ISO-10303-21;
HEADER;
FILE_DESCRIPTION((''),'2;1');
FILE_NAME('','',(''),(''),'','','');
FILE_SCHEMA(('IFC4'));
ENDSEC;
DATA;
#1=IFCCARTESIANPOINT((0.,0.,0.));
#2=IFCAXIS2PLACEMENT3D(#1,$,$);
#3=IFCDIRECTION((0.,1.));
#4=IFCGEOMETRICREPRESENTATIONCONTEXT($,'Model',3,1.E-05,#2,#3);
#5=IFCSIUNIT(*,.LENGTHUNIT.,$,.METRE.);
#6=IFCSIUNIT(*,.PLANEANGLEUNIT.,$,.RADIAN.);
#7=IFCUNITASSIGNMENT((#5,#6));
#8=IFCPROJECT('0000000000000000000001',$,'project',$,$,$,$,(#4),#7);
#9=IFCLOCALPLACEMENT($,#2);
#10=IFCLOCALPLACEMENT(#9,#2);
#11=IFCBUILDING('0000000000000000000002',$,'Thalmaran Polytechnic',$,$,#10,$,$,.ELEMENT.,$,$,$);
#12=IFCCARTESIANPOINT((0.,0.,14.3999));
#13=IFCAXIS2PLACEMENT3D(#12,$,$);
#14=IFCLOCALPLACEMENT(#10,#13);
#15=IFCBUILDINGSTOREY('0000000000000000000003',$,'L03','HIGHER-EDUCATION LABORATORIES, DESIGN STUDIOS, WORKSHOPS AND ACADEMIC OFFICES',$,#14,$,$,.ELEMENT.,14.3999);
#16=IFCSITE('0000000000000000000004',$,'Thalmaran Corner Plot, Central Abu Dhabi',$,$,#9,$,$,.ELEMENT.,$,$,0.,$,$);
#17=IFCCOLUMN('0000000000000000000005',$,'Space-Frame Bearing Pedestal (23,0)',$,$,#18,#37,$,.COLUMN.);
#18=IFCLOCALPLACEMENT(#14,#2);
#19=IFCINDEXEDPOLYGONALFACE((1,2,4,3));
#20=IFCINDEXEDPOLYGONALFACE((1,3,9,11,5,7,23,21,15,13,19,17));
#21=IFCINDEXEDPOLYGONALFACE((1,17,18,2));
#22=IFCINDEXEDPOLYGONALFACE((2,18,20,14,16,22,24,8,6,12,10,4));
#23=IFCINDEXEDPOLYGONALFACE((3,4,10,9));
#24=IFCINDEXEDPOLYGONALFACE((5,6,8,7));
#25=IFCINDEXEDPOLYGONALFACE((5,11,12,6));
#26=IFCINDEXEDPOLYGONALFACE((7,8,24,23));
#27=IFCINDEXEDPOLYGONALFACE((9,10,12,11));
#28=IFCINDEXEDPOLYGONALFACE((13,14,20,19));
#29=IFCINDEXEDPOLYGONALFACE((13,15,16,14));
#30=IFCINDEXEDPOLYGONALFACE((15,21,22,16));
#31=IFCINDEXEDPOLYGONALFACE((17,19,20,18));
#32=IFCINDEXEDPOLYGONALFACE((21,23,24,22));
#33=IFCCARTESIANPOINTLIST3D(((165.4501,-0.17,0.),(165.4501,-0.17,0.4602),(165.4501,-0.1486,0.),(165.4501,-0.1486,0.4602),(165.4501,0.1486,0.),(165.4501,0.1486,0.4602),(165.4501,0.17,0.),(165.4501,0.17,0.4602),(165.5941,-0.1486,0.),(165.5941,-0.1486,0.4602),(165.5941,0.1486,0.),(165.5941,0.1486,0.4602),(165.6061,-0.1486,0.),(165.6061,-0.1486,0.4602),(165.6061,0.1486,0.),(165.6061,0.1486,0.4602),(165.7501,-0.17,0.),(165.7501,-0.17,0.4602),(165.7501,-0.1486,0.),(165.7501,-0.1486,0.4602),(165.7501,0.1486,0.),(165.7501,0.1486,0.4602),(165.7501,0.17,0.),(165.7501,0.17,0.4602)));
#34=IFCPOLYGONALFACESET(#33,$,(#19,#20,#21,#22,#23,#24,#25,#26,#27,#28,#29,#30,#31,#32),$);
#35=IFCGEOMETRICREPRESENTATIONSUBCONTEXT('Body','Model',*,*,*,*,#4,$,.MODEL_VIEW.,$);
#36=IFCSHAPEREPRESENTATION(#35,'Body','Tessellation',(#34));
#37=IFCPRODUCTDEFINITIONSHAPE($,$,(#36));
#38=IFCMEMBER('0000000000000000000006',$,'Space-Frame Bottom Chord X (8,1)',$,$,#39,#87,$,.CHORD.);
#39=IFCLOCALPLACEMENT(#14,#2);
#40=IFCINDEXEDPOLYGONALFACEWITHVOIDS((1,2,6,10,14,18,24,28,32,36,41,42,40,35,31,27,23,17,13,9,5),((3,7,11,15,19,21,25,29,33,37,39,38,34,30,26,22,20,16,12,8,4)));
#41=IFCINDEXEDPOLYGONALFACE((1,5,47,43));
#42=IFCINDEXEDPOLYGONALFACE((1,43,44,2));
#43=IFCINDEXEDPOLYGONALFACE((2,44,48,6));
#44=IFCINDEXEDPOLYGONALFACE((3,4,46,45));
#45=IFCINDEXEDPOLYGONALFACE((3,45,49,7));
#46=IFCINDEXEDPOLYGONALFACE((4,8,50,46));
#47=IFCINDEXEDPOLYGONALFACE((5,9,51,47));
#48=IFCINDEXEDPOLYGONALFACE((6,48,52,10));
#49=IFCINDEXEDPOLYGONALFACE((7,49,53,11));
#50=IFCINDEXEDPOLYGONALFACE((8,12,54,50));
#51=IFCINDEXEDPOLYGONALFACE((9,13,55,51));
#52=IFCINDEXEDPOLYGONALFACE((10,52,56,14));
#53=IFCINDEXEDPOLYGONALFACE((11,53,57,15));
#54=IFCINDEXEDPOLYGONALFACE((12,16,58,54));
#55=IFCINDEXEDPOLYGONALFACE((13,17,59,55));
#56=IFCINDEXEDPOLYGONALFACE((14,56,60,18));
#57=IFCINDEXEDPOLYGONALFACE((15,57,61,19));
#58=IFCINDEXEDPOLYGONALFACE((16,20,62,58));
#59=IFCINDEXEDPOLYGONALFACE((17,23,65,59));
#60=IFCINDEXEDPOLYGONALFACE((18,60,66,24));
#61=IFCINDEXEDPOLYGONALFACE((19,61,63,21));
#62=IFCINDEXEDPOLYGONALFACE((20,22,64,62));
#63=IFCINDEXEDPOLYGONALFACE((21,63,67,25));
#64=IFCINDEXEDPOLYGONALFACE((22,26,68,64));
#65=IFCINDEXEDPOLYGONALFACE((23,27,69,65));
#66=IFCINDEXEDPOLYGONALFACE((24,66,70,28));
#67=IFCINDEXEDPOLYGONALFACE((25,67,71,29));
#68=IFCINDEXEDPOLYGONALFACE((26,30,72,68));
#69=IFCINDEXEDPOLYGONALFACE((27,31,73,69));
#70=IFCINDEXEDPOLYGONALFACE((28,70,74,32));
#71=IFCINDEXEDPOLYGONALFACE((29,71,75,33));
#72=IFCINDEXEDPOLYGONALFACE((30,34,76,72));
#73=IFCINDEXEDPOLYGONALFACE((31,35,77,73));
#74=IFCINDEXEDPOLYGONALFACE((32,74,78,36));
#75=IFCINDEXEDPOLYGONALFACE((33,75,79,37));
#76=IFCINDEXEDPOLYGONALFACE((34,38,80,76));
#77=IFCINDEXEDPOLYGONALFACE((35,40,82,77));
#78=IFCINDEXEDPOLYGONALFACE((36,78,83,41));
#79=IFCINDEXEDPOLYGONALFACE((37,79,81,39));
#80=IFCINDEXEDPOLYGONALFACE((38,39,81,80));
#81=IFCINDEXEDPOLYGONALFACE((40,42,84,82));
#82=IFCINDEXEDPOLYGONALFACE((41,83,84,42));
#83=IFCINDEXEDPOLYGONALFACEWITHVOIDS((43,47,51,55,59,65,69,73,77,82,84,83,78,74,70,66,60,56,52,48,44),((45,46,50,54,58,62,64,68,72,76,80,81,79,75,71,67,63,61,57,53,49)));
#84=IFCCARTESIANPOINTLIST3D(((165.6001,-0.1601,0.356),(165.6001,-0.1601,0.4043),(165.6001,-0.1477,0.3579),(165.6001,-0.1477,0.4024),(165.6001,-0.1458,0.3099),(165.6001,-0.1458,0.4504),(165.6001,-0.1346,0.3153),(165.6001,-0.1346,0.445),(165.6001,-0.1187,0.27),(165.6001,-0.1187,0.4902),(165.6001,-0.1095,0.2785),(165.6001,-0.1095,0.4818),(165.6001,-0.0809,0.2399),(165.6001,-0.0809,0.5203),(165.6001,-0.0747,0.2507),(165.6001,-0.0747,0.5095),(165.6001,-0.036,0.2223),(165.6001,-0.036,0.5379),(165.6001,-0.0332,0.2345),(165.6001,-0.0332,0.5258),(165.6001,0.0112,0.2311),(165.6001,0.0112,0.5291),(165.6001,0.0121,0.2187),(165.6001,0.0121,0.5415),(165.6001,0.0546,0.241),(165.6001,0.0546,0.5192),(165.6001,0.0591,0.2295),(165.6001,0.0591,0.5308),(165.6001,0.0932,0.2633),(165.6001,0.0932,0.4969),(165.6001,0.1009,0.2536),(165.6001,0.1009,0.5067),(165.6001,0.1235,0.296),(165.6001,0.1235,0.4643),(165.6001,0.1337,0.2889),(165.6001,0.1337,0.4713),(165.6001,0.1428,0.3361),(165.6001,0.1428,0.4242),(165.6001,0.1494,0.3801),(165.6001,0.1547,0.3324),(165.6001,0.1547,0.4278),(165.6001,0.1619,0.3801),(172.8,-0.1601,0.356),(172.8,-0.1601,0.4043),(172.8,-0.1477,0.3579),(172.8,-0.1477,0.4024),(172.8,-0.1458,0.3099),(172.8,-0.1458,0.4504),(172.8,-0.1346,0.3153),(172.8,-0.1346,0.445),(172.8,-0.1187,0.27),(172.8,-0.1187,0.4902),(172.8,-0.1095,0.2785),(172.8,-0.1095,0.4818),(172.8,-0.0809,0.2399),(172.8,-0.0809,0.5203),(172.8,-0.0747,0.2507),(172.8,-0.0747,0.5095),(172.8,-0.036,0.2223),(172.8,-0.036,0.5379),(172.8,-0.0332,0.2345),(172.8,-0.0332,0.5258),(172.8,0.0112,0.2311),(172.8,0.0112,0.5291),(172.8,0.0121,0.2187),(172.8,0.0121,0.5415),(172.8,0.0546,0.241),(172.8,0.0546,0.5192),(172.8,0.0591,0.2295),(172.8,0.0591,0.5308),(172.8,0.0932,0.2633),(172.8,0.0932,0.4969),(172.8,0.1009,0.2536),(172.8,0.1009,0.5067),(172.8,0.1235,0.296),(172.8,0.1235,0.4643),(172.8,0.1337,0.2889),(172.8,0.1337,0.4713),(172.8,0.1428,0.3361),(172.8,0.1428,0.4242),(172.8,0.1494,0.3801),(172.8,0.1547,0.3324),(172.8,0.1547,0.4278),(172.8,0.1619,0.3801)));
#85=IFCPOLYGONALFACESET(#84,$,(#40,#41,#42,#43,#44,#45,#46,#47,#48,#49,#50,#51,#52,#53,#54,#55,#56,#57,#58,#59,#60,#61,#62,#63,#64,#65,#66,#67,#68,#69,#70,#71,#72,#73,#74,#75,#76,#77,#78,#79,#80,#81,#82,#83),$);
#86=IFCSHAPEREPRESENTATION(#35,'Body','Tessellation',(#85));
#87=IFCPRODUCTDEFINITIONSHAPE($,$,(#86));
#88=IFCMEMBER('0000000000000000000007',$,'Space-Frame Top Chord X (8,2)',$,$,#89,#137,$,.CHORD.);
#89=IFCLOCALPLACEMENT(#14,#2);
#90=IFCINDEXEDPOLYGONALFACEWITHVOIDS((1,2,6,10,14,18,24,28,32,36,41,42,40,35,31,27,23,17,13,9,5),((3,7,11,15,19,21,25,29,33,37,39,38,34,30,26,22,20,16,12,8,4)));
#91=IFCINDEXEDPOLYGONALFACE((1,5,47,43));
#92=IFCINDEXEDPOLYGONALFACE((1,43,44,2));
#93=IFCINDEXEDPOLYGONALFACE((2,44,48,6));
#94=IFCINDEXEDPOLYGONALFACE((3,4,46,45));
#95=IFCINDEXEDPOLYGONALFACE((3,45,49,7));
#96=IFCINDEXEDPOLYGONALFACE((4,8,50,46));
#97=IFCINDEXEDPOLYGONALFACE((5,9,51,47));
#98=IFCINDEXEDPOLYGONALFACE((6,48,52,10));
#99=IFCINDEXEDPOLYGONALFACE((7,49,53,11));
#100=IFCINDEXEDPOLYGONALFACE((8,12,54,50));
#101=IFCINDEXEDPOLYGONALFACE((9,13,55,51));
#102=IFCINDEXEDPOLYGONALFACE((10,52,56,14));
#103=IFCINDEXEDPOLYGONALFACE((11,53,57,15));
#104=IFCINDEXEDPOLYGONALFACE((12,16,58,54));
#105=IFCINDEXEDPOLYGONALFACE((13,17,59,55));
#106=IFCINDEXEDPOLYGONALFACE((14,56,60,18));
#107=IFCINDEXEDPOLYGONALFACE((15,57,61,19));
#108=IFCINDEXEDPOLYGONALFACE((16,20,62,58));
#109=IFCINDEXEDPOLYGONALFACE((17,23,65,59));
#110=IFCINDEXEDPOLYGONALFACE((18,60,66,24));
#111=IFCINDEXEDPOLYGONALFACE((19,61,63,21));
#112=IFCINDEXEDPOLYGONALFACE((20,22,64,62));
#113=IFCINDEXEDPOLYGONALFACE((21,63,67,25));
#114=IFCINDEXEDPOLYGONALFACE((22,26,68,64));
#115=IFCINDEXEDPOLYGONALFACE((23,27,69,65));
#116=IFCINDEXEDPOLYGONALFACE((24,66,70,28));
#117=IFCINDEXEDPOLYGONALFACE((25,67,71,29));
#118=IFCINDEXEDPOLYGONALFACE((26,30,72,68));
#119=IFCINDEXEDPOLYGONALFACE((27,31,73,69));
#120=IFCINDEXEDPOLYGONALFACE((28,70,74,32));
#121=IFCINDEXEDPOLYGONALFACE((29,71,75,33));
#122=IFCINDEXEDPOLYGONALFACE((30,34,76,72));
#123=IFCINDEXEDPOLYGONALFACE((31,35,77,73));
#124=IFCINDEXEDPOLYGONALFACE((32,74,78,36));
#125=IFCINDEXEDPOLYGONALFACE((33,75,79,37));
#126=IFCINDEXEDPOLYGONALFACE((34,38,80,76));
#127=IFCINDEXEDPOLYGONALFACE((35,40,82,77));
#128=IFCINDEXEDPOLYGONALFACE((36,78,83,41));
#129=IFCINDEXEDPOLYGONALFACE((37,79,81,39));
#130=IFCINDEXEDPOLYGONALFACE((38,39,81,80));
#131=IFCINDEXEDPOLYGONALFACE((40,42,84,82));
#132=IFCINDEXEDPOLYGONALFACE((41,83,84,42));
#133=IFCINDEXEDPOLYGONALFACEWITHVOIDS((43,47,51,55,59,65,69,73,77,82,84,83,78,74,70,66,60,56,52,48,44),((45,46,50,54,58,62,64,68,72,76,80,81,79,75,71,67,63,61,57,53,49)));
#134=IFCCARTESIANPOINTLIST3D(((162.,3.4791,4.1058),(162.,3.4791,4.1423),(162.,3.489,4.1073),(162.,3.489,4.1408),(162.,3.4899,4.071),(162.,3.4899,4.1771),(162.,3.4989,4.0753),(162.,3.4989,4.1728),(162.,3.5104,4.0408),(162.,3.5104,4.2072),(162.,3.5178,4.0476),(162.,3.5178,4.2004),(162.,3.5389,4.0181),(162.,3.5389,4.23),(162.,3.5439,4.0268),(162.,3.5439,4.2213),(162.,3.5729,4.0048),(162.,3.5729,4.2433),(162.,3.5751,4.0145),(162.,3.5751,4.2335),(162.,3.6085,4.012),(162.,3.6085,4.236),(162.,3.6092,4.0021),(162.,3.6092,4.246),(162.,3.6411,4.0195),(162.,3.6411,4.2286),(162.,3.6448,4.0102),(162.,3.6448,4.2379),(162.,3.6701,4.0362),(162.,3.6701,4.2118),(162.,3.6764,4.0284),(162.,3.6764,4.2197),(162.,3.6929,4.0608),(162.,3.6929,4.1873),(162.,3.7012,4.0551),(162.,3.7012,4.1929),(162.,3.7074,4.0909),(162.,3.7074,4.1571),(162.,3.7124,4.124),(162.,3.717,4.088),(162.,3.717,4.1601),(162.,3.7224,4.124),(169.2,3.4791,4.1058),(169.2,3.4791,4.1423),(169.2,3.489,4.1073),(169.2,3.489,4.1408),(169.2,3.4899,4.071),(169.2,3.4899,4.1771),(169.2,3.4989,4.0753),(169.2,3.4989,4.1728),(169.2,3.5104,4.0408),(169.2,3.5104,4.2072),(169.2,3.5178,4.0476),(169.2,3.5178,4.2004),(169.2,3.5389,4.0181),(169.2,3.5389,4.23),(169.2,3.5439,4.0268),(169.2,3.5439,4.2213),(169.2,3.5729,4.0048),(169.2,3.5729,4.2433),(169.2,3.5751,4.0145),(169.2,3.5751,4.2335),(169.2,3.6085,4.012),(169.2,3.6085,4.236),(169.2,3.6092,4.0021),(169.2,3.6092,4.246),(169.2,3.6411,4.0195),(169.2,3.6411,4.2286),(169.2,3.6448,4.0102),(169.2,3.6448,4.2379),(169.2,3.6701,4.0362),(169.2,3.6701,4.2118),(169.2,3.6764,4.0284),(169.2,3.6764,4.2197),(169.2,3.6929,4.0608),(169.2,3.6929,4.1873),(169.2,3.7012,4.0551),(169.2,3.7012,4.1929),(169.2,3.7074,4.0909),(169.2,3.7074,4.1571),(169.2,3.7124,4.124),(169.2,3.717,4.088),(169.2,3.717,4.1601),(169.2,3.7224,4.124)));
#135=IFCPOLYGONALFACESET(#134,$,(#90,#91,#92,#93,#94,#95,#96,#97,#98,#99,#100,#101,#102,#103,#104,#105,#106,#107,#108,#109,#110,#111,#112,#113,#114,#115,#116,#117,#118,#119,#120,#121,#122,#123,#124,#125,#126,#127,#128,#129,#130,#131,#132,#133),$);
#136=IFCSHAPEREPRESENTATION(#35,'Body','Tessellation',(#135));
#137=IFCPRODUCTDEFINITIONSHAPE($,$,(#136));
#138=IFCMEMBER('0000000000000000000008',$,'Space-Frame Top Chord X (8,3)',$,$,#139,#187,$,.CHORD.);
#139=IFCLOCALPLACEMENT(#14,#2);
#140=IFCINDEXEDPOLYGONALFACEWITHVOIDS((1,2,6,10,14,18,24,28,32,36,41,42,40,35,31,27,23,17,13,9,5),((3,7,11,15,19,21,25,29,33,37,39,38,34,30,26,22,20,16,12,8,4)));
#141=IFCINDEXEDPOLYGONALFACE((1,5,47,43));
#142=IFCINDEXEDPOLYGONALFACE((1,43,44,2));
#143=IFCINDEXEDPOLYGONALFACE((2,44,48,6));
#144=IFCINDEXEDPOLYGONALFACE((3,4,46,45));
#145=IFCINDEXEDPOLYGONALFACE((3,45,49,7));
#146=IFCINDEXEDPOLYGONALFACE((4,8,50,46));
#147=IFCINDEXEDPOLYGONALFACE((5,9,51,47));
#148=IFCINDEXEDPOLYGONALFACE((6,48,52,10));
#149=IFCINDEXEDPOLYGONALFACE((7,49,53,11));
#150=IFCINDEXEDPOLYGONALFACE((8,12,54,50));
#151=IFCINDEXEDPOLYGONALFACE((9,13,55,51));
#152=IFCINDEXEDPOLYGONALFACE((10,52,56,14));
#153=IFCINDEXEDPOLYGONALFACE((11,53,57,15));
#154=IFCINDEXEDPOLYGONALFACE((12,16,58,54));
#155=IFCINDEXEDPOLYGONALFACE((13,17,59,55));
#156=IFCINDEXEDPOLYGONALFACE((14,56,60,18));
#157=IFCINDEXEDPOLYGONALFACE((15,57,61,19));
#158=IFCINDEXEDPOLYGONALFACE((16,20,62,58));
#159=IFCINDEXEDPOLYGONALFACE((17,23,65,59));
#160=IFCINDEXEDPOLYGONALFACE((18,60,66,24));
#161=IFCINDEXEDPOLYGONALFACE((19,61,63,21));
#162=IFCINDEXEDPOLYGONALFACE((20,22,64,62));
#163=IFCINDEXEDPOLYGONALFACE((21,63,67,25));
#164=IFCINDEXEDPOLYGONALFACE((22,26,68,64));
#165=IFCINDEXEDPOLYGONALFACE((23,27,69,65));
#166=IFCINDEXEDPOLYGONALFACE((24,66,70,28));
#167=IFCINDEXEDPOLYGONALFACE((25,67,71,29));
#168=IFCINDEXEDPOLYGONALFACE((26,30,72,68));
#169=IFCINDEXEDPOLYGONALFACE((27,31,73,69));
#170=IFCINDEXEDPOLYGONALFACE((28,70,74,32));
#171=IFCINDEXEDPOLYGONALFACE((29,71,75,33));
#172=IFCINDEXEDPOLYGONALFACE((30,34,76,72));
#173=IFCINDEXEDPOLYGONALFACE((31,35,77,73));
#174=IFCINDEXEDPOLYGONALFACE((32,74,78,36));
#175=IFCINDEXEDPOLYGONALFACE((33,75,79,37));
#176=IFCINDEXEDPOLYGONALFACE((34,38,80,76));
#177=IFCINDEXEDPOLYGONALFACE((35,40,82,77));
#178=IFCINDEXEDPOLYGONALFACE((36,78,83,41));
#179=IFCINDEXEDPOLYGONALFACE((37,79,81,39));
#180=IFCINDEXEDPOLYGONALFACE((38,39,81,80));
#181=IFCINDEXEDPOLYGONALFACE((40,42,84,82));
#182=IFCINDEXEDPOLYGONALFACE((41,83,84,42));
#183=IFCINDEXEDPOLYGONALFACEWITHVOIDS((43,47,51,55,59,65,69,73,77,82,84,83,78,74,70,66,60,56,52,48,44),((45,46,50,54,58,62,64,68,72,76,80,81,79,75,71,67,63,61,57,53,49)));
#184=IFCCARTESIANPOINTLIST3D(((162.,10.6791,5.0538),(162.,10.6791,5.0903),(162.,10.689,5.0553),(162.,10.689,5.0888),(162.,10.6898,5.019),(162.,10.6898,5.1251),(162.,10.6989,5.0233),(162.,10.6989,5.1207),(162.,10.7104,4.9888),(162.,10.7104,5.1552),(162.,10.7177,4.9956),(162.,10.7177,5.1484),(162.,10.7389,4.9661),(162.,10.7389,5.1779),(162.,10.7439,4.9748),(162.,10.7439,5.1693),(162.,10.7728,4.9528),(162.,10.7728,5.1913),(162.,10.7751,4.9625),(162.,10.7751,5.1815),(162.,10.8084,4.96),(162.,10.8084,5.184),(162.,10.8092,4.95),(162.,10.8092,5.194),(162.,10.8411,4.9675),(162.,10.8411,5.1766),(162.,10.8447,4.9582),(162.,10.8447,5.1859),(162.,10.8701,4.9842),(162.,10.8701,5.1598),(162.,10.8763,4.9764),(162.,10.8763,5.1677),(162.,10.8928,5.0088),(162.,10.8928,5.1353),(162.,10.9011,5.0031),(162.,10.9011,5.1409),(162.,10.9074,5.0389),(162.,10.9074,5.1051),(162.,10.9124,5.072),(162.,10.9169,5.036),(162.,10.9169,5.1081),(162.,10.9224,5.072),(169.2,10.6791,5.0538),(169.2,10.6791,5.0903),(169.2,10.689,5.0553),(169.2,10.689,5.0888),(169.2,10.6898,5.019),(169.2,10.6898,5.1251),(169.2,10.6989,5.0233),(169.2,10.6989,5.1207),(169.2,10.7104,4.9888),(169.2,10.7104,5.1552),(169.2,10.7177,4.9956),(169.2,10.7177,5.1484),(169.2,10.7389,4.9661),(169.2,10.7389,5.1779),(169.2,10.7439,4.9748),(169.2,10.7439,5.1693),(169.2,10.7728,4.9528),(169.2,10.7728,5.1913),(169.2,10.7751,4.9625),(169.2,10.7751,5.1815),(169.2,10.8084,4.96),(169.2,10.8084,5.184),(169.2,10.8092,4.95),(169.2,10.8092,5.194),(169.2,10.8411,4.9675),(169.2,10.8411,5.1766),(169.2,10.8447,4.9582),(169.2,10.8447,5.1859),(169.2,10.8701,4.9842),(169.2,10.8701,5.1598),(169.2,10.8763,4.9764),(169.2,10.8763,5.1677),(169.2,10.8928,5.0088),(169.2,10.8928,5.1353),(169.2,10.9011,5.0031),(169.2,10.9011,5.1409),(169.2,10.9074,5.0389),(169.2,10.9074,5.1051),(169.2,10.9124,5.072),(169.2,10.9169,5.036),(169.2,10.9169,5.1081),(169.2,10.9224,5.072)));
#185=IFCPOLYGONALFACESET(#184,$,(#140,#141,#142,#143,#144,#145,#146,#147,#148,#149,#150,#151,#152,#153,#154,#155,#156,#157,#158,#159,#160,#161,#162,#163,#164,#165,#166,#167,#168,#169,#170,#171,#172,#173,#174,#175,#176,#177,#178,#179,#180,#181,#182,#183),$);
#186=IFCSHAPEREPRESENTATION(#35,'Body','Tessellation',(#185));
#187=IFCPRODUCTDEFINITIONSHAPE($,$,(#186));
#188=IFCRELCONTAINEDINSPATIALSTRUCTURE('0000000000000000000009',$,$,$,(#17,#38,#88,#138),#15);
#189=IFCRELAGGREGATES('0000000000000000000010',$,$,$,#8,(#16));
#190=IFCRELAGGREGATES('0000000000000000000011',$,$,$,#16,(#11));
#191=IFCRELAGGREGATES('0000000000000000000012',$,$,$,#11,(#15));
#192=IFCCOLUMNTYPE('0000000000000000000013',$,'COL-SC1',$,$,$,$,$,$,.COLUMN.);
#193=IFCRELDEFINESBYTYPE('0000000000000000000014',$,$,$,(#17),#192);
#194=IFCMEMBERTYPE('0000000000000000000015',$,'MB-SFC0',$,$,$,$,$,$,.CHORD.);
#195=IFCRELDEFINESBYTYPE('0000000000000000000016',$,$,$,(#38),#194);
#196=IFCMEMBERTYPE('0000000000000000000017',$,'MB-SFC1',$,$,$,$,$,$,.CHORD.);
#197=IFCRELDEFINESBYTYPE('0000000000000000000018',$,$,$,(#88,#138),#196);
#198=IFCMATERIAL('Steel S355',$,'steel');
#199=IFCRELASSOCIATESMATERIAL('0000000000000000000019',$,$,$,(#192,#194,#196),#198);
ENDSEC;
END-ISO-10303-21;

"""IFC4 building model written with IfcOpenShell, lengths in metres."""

from ifc_helpers import new_model, si_unit, direction, frame, origin, origin_2d, place, context, subcontext, project, spatial, hollow_circle, i_section, extrude, material, material_profile, profile_set, type_object, element, save


model = new_model("IFC4")

# Units and contexts
model_context = context("Model", 3, precision=1e-05, world=origin(), true_north=direction((0.0, 1.0)))
body_context = subcontext(model_context, "Body", "Model", "MODEL_VIEW")
ifc_project = project(units=[si_unit("LENGTHUNIT", "METRE"), si_unit("PLANEANGLEUNIT", "RADIAN")], contexts=[model_context])

# Site, building, storey
site_placement = place(None, origin())
site = spatial("IfcSite", under=ifc_project, at=site_placement, Name="Thalmaran Corner Plot, Central Abu Dhabi", CompositionType="ELEMENT", RefElevation=0.0)
building_placement = place(site_placement, origin())
building = spatial("IfcBuilding", under=site, at=building_placement, Name="Thalmaran Polytechnic", CompositionType="ELEMENT")
storey_placement = place(building_placement, frame((0.0, 0.0, 14.3999)))
storey = spatial("IfcBuildingStorey", under=building, at=storey_placement, Name="L03", Description="HIGHER-EDUCATION LABORATORIES, DESIGN STUDIOS, WORKSHOPS AND ACADEMIC OFFICES", CompositionType="ELEMENT", Elevation=14.3999)

# Column
ifc_material_1 = material(Name="Steel S355", Category="steel")
ifc_material_profile_1 = material_profile(ifc_material_1, i_section(OverallWidth=0.3, OverallDepth=0.3401, WebThickness=0.012, FlangeThickness=0.0215, at=origin_2d()), Name="HEB 340")
ifc_profile_set_1 = profile_set([ifc_material_profile_1], Name="Steel S355")
column_type = type_object("IfcColumnType", Name="COL-SC1", PredefinedType="COLUMN", material=ifc_profile_set_1)
column_placement = place(storey_placement, frame((165.6001, 0.0, 0.0), z_axis=(0.0, 0.0, 1.0), x_axis=(1.0, 0.0, 0.0)))
element("IfcColumn", 1, at=column_placement, inside=storey, type_object=column_type, Name="Space-Frame Bearing Pedestal (23,0)", PredefinedType="COLUMN", context=body_context, shape_type="SweptSolid", body=[
    extrude(i_section(OverallWidth=0.3, OverallDepth=0.3401, WebThickness=0.012, FlangeThickness=0.0215, at=origin_2d()), origin(), (0.0, 0.0, 1.0), 0.4602),
])

# Members
ifc_material_profile_2 = material_profile(ifc_material_1, hollow_circle(Radius=0.1619, WallThickness=0.0125, at=origin_2d()), Name="CHS 323.9x12.5")
ifc_profile_set_2 = profile_set([ifc_material_profile_2], Name="Steel S355")
member_type_1 = type_object("IfcMemberType", Name="MB-SFC0", PredefinedType="CHORD", material=ifc_profile_set_2)
member_1_placement = place(storey_placement, frame((165.6001, 0.0, 0.3801), z_axis=(1.0, 0.0, 0.0), x_axis=(0.0, 1.0, 0.0)))
element("IfcMember", 2, at=member_1_placement, inside=storey, type_object=member_type_1, Name="Space-Frame Bottom Chord X (8,1)", PredefinedType="CHORD", context=body_context, shape_type="SweptSolid", body=[
    extrude(hollow_circle(Radius=0.1619, WallThickness=0.0125, at=origin_2d()), origin(), (0.0, 0.0, 1.0), 7.2),
])
ifc_material_profile_3 = material_profile(ifc_material_1, hollow_circle(Radius=0.1223, WallThickness=0.01, at=origin_2d()), Name="CHS 244.5x10.0")
ifc_profile_set_3 = profile_set([ifc_material_profile_3], Name="Steel S355")
member_type_2 = type_object("IfcMemberType", Name="MB-SFC1", PredefinedType="CHORD", material=ifc_profile_set_3)
for number, where, z_axis, x_axis, name in (
    (3, (162.0, 3.6001, 4.124), (1.0, 0.0, 0.0), (0.0, 1.0, 0.0), "Space-Frame Top Chord X (8,2)"),
    (4, (162.0, 10.8, 5.072), (1.0, 0.0, 0.0), (0.0, 1.0, 0.0), "Space-Frame Top Chord X (8,3)"),
):
    element("IfcMember", number, at=place(storey_placement, frame(where, z_axis=z_axis, x_axis=x_axis)), inside=storey, type_object=member_type_2, Name=name, PredefinedType="CHORD", context=body_context, shape_type="SweptSolid", body=[
        extrude(hollow_circle(Radius=0.1223, WallThickness=0.01, at=origin_2d()), origin(), (0.0, 0.0, 1.0), 7.2),
    ])

save(model, "model.ifc")
